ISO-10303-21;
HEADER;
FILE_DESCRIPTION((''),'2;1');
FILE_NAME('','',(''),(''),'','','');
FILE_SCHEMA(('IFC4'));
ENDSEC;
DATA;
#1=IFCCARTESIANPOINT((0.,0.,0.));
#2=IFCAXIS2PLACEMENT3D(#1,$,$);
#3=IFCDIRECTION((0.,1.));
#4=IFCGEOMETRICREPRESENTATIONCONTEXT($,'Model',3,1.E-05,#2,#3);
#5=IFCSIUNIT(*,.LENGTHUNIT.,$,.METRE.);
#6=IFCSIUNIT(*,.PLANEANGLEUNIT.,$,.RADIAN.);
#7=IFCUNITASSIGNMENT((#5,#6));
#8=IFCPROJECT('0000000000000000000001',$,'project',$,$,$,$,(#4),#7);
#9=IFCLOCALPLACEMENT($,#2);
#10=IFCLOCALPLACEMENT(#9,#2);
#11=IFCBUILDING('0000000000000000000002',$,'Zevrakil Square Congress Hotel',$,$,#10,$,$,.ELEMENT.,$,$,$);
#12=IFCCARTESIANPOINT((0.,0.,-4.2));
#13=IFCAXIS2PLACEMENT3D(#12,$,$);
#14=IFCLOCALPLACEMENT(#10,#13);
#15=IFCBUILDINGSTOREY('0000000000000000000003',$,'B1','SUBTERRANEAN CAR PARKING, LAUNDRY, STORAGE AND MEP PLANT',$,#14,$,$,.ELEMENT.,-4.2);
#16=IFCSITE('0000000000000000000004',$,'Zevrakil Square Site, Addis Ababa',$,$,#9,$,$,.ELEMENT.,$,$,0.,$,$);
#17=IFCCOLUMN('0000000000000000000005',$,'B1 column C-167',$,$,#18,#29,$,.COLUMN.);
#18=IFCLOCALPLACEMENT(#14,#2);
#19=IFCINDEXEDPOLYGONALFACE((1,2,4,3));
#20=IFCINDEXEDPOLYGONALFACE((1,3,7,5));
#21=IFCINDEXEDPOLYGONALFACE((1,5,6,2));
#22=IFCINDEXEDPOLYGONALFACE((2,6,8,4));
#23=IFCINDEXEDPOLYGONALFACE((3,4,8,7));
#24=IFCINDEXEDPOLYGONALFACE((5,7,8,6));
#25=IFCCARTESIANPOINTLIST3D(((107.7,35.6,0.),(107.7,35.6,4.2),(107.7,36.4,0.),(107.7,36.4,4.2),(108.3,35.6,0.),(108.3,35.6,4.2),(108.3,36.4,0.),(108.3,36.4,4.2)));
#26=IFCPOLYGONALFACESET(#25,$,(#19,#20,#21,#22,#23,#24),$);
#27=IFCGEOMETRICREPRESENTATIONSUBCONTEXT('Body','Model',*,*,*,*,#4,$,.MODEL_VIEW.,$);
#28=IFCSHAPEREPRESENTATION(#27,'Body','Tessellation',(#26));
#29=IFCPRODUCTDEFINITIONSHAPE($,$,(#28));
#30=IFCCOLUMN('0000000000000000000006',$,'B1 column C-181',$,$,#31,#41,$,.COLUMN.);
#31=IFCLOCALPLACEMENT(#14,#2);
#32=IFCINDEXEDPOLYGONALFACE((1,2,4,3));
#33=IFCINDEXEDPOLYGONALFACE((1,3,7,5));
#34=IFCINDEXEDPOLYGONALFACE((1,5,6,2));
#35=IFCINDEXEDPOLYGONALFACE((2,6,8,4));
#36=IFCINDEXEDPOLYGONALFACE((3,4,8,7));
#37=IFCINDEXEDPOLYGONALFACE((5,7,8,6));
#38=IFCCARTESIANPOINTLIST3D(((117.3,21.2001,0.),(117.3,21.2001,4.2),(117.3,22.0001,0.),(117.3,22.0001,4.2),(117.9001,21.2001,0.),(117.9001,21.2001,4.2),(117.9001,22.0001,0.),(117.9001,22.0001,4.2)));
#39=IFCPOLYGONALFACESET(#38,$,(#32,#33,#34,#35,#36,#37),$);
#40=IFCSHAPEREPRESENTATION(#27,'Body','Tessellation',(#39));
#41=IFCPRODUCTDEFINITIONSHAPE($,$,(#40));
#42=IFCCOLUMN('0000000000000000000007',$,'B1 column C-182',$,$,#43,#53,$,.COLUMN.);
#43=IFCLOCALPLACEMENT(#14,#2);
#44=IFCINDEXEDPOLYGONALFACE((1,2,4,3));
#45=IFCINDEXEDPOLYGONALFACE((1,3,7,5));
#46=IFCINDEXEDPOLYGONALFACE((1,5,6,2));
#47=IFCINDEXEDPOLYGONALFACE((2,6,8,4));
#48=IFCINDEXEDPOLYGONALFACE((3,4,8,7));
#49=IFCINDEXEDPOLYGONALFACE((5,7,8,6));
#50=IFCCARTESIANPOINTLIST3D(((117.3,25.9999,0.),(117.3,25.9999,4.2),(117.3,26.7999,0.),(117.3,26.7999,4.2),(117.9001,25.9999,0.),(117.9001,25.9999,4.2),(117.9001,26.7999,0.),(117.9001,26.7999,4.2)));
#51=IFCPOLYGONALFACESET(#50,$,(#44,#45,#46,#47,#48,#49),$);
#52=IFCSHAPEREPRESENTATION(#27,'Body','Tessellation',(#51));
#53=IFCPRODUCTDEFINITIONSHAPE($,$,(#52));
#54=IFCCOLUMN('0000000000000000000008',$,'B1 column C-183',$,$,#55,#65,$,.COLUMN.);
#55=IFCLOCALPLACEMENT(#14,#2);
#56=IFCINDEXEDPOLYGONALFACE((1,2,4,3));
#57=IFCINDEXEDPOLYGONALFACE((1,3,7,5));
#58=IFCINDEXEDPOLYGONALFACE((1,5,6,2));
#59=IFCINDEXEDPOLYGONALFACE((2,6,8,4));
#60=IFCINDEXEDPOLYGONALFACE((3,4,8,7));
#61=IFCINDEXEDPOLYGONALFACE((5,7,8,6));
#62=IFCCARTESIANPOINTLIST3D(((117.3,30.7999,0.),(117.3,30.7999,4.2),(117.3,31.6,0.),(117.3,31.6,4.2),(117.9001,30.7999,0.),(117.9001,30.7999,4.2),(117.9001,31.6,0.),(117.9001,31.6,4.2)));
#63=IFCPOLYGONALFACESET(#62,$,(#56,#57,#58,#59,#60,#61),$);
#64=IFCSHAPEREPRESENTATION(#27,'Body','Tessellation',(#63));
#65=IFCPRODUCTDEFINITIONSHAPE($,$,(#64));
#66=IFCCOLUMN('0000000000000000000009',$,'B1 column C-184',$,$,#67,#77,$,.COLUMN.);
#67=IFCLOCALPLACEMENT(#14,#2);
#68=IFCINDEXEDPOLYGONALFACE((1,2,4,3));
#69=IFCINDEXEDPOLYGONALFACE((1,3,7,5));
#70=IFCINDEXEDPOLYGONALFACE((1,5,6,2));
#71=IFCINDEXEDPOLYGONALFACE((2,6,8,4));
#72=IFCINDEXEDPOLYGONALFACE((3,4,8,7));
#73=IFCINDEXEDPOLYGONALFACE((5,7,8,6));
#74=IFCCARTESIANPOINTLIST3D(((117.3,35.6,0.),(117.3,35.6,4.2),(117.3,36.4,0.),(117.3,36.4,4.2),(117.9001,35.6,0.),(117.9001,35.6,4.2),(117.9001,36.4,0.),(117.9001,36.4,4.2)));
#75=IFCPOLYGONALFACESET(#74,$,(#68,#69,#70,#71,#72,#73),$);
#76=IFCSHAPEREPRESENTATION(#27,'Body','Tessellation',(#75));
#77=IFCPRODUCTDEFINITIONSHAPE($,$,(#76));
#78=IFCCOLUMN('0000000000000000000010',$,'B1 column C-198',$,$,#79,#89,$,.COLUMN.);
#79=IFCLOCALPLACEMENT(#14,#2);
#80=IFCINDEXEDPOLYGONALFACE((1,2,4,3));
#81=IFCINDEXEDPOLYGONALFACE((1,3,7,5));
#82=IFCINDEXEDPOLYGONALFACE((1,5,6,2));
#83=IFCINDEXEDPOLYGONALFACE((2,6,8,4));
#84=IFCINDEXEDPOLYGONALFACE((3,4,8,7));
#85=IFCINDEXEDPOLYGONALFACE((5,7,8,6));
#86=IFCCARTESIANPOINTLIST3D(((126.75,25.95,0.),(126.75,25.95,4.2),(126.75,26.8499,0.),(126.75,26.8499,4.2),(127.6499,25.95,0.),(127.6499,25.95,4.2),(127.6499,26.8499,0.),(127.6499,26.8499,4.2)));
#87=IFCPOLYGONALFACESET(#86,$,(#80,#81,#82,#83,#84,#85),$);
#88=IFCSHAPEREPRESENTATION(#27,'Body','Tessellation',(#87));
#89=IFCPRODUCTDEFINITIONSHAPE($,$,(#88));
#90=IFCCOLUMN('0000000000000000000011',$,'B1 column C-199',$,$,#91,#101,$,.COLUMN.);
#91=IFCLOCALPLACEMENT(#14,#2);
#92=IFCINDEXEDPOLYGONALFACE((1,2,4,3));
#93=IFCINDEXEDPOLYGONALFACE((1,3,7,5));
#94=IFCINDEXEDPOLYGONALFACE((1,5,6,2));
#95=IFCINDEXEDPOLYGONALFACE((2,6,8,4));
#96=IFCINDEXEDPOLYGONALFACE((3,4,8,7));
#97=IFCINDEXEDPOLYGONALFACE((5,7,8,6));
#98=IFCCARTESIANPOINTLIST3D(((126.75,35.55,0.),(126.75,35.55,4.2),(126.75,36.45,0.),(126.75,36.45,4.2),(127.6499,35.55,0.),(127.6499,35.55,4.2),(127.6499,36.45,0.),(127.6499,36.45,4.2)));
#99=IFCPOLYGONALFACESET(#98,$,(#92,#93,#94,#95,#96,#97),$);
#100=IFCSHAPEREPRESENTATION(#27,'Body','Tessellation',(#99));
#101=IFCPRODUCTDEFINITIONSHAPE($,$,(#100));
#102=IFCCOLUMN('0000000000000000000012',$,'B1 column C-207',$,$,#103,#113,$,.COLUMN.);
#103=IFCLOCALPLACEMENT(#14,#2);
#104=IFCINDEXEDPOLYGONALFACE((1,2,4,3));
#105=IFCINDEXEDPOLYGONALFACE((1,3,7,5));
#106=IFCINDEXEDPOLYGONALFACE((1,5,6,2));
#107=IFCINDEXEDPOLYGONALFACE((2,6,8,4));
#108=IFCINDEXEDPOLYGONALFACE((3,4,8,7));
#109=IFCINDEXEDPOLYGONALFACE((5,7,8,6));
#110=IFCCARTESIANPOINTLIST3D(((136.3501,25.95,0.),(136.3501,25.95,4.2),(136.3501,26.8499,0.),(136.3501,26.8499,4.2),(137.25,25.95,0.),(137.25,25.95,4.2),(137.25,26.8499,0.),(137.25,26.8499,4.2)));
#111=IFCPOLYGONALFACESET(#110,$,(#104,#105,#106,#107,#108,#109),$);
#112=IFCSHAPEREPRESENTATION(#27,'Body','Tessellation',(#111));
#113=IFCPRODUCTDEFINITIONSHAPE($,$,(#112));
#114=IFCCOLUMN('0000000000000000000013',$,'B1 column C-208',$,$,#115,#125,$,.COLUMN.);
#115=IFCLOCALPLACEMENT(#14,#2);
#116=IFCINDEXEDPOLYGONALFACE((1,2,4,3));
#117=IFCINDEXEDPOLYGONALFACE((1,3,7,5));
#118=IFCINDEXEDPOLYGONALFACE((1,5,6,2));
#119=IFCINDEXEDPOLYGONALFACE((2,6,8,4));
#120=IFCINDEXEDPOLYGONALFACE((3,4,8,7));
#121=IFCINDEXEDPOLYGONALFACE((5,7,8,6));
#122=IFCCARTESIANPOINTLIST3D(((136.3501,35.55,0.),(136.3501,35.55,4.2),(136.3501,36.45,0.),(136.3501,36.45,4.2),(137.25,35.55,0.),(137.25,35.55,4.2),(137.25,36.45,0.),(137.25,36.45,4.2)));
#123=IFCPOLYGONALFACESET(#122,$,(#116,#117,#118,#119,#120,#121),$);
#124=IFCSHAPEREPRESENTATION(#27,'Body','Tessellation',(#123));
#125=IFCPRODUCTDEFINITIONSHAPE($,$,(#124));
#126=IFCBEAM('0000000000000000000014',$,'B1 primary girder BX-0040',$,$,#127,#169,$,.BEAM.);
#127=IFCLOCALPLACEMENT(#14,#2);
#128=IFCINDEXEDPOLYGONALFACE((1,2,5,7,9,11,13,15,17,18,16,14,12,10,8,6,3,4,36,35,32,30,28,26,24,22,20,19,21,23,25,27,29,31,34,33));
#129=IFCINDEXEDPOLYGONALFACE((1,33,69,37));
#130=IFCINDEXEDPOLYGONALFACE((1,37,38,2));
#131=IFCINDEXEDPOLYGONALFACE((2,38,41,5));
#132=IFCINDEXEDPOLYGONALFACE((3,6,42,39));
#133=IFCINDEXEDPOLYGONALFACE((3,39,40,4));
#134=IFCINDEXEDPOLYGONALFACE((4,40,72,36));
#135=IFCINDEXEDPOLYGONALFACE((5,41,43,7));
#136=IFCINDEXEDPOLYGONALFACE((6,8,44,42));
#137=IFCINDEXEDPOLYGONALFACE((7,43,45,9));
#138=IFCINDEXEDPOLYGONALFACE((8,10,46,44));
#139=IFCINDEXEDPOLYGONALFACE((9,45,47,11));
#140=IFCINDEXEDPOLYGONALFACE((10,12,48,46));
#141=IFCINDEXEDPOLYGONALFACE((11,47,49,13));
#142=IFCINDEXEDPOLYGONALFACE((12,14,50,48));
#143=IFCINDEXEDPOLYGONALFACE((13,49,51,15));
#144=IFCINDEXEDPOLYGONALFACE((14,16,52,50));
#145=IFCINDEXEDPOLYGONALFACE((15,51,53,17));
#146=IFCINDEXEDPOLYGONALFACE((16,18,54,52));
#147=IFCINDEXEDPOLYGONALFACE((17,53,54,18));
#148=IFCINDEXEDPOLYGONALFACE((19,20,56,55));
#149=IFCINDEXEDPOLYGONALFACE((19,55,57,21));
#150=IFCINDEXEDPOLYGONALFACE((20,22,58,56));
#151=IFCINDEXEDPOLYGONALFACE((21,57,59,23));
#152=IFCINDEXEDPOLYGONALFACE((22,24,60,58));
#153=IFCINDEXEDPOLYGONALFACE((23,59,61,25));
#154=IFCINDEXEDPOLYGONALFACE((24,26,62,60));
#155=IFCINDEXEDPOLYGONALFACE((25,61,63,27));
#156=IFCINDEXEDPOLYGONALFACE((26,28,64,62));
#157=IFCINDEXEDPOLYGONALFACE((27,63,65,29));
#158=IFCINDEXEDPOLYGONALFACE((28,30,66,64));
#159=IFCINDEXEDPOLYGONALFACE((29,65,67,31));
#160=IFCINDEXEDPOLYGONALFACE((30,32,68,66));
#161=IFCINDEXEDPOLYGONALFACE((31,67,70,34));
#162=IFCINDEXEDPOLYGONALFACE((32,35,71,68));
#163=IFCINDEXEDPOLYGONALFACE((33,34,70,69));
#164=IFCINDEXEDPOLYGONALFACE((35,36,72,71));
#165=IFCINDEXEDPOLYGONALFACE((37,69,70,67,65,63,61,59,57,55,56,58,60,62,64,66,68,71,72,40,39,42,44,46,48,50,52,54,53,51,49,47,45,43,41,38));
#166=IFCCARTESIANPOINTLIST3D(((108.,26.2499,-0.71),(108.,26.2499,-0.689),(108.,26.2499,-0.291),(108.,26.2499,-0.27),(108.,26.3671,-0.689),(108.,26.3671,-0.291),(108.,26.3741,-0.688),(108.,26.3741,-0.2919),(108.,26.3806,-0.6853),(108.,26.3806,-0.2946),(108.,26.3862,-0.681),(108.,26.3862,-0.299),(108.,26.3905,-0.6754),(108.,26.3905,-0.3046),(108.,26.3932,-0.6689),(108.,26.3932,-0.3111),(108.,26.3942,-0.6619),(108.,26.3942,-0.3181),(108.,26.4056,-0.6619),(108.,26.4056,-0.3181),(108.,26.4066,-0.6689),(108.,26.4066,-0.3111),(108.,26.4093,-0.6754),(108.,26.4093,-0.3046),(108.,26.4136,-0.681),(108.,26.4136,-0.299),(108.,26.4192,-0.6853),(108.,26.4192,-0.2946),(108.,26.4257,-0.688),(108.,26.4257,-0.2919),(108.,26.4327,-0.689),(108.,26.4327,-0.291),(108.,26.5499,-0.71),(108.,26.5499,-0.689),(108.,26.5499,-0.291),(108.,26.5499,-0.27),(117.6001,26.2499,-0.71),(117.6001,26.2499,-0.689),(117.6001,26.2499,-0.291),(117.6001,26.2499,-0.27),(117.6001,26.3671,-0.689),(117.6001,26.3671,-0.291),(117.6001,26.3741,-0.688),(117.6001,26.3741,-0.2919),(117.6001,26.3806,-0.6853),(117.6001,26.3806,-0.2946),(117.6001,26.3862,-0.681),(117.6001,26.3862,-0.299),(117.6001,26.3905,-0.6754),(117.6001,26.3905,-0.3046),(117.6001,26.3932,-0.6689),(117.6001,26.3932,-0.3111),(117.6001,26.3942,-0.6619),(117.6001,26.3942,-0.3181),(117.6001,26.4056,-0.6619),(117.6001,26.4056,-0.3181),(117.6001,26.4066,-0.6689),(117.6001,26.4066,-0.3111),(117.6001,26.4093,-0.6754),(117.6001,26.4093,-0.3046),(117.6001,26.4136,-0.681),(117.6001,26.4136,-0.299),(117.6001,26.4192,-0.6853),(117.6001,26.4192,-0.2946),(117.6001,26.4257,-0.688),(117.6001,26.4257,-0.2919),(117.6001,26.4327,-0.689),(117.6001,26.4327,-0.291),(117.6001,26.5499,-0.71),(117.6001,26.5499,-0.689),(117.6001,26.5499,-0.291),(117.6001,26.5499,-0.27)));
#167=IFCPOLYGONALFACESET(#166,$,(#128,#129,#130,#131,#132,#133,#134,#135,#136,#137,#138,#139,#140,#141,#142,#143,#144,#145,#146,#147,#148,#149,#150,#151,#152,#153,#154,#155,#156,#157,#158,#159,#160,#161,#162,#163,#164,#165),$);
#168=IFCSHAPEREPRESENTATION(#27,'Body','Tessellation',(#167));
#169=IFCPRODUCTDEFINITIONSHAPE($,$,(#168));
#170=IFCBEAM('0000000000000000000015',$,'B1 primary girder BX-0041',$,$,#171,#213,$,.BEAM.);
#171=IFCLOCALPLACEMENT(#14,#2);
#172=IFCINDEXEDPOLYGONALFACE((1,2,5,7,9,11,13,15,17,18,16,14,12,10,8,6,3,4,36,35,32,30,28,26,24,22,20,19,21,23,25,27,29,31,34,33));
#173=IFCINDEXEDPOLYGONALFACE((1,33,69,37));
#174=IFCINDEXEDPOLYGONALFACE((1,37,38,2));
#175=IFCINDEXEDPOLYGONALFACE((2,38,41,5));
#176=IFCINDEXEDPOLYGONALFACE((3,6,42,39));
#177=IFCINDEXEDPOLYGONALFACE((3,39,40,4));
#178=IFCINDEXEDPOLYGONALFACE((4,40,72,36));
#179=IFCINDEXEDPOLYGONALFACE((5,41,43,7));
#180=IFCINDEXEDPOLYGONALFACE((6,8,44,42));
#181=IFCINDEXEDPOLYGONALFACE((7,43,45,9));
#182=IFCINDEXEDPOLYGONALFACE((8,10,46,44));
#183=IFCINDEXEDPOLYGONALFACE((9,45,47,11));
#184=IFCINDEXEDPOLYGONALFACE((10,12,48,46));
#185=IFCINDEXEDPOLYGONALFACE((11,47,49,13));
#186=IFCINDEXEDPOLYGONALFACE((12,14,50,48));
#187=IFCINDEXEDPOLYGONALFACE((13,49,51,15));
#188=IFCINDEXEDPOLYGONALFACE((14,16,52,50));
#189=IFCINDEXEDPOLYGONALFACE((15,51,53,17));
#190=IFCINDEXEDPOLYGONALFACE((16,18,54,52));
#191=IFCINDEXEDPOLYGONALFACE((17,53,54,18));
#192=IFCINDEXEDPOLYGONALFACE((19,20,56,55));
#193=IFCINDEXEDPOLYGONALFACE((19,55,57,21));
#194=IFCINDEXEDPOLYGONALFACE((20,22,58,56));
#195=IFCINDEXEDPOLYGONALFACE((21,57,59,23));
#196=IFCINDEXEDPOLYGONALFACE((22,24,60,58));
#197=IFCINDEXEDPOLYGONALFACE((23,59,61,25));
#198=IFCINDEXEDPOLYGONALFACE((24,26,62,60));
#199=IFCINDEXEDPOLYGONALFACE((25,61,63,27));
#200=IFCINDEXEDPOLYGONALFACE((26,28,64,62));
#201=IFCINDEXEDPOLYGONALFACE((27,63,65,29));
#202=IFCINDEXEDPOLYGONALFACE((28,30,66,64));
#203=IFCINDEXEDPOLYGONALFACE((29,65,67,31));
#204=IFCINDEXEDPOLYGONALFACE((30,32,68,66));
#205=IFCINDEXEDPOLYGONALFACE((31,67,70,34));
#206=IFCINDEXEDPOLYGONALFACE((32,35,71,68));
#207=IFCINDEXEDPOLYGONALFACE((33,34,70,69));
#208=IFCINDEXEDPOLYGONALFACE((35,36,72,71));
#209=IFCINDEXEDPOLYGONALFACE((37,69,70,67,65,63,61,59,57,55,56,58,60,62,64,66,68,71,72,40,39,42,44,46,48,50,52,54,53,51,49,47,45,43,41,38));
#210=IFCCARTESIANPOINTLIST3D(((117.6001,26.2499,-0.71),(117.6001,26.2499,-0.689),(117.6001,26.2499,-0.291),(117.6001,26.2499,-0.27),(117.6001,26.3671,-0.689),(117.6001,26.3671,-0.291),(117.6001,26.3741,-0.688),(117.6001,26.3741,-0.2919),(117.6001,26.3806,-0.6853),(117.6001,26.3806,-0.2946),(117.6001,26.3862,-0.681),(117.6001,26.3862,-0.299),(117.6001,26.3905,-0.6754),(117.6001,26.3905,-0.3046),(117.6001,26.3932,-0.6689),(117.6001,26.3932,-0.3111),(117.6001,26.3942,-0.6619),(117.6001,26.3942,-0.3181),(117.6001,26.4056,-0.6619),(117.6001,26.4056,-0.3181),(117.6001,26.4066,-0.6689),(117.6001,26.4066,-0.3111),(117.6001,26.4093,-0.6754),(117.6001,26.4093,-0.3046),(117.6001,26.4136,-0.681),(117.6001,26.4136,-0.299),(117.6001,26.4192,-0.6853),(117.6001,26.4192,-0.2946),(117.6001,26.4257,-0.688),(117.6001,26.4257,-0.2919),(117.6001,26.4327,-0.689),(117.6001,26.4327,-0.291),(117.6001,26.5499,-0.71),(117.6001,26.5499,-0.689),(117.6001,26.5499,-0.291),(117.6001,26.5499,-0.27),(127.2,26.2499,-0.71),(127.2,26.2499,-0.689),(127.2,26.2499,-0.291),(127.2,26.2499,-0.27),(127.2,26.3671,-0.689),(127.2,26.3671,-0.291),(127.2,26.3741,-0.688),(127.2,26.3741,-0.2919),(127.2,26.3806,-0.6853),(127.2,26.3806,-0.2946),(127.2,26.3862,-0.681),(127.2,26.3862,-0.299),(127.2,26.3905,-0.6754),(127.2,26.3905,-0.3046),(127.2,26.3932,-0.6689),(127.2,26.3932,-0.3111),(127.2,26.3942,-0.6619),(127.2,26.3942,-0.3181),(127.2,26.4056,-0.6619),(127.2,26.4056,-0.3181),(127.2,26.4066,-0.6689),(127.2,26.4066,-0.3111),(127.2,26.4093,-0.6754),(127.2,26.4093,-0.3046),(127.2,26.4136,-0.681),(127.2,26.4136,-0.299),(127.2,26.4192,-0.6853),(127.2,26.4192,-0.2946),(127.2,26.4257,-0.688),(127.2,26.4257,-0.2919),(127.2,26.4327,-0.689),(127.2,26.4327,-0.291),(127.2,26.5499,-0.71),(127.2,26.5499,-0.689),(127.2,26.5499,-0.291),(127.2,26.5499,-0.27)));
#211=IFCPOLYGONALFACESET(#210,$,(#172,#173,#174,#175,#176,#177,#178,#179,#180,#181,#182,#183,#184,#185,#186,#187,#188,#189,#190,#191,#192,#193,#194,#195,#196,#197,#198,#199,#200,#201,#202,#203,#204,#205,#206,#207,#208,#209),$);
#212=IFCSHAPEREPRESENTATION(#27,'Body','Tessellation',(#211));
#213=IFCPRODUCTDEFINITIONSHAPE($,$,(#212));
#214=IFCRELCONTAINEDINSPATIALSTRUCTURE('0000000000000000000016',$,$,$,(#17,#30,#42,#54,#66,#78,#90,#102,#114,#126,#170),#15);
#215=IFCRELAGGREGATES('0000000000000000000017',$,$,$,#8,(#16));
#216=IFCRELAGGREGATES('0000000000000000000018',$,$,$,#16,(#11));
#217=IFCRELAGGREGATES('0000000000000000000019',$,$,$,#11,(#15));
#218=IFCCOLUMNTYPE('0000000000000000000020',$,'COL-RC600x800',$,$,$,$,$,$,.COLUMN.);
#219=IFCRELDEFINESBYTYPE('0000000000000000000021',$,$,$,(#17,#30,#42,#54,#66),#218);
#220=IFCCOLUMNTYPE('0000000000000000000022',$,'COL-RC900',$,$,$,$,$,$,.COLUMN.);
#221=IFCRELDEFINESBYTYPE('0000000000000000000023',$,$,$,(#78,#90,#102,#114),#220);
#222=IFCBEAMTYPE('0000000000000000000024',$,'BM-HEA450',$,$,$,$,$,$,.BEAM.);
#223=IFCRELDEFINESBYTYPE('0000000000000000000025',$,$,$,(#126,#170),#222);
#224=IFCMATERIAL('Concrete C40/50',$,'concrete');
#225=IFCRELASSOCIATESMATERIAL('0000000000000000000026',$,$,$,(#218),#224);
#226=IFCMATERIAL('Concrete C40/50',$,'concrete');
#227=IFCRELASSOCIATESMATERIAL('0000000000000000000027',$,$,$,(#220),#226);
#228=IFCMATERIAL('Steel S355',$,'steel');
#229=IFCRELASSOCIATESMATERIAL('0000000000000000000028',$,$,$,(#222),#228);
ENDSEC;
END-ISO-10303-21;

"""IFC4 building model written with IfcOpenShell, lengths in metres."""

from ifc_helpers import new_model, si_unit, direction, frame, origin, origin_2d, place, context, subcontext, project, spatial, rectangle, i_section, extrude, material, material_profile, profile_set, type_object, element, save


model = new_model("IFC4")

# Units and contexts
model_context = context("Model", 3, precision=1e-05, world=origin(), true_north=direction((0.0, 1.0)))
body_context = subcontext(model_context, "Body", "Model", "MODEL_VIEW")
ifc_project = project(units=[si_unit("LENGTHUNIT", "METRE"), si_unit("PLANEANGLEUNIT", "RADIAN")], contexts=[model_context])

# Site, building, storey
site_placement = place(None, origin())
site = spatial("IfcSite", under=ifc_project, at=site_placement, Name="Zevrakil Square Site, Addis Ababa", CompositionType="ELEMENT", RefElevation=0.0)
building_placement = place(site_placement, origin())
building = spatial("IfcBuilding", under=site, at=building_placement, Name="Zevrakil Square Congress Hotel", CompositionType="ELEMENT")
storey_placement = place(building_placement, frame((0.0, 0.0, -4.2)))
storey = spatial("IfcBuildingStorey", under=building, at=storey_placement, Name="B1", Description="SUBTERRANEAN CAR PARKING, LAUNDRY, STORAGE AND MEP PLANT", CompositionType="ELEMENT", Elevation=-4.2)

# Columns
ifc_material_1 = material(Name="Concrete C40/50", Category="concrete")
ifc_material_profile_1 = material_profile(ifc_material_1, rectangle(XDim=0.6001, YDim=0.8, at=origin_2d()), Name="RC 600x800")
ifc_profile_set_1 = profile_set([ifc_material_profile_1], Name="Concrete C40/50")
column_type_1 = type_object("IfcColumnType", Name="COL-RC600x800", PredefinedType="COLUMN", material=ifc_profile_set_1)
for number, where, z_axis, x_axis, name in (
    (1, (108.0, 36.0, 0.0), (0.0, 0.0, 1.0), (1.0, 0.0, 0.0), "B1 column C-167"),
    (2, (117.6001, 21.6001, 0.0), (0.0, 0.0, 1.0), (1.0, 0.0, 0.0), "B1 column C-181"),
    (3, (117.6001, 26.3999, 0.0), (0.0, 0.0, 1.0), (1.0, 0.0, 0.0), "B1 column C-182"),
    (4, (117.6001, 31.2, 0.0), (0.0, 0.0, 1.0), (1.0, 0.0, 0.0), "B1 column C-183"),
    (5, (117.6001, 36.0, 0.0), (0.0, 0.0, 1.0), (1.0, 0.0, 0.0), "B1 column C-184"),
):
    element("IfcColumn", number, at=place(storey_placement, frame(where, z_axis=z_axis, x_axis=x_axis)), inside=storey, type_object=column_type_1, Name=name, PredefinedType="COLUMN", context=body_context, shape_type="SweptSolid", body=[
        extrude(rectangle(XDim=0.6001, YDim=0.8, at=origin_2d()), origin(), (0.0, 0.0, 1.0), 4.2),
    ])
ifc_material_2 = material(Name="Concrete C40/50", Category="concrete")
ifc_material_profile_2 = material_profile(ifc_material_2, rectangle(XDim=0.8999, YDim=0.8999, at=origin_2d()), Name="RC 900x900")
ifc_profile_set_2 = profile_set([ifc_material_profile_2], Name="Concrete C40/50")
column_type_2 = type_object("IfcColumnType", Name="COL-RC900", PredefinedType="COLUMN", material=ifc_profile_set_2)
for number, where, z_axis, x_axis, name in (
    (6, (127.2, 26.3999, 0.0), (0.0, 0.0, 1.0), (1.0, 0.0, 0.0), "B1 column C-198"),
    (7, (127.2, 36.0, 0.0), (0.0, 0.0, 1.0), (1.0, 0.0, 0.0), "B1 column C-199"),
    (8, (136.8, 26.3999, 0.0), (0.0, 0.0, 1.0), (1.0, 0.0, 0.0), "B1 column C-207"),
    (9, (136.8, 36.0, 0.0), (0.0, 0.0, 1.0), (1.0, 0.0, 0.0), "B1 column C-208"),
):
    element("IfcColumn", number, at=place(storey_placement, frame(where, z_axis=z_axis, x_axis=x_axis)), inside=storey, type_object=column_type_2, Name=name, PredefinedType="COLUMN", context=body_context, shape_type="SweptSolid", body=[
        extrude(rectangle(XDim=0.8999, YDim=0.8999, at=origin_2d()), origin(), (0.0, 0.0, 1.0), 4.2),
    ])

# Beams
ifc_material_3 = material(Name="Steel S355", Category="steel")
ifc_material_profile_3 = material_profile(ifc_material_3, i_section(OverallWidth=0.3, OverallDepth=0.4399, WebThickness=0.0115, FlangeThickness=0.021, FilletRadius=0.0271, at=origin_2d()), Name="HEA 450")
ifc_profile_set_3 = profile_set([ifc_material_profile_3], Name="Steel S355")
beam_type_1 = type_object("IfcBeamType", Name="BM-HEA450", PredefinedType="BEAM", material=ifc_profile_set_3)
beam_1_placement = place(storey_placement, frame((108.0, 26.3999, -0.49), z_axis=(1.0, 0.0, 0.0), x_axis=(0.0, 1.0, 0.0)))
element("IfcBeam", 10, at=beam_1_placement, inside=storey, type_object=beam_type_1, Name="B1 primary girder BX-0040", PredefinedType="BEAM", context=body_context, shape_type="SweptSolid", body=[
    extrude(i_section(OverallWidth=0.3, OverallDepth=0.4399, WebThickness=0.0115, FlangeThickness=0.021, FilletRadius=0.0271, at=origin_2d()), origin(), (0.0, 0.0, 1.0), 9.6001),
])
beam_2_placement = place(storey_placement, frame((117.6001, 26.3999, -0.49), z_axis=(1.0, 0.0, 0.0), x_axis=(0.0, 1.0, 0.0)))
element("IfcBeam", 11, at=beam_2_placement, inside=storey, type_object=beam_type_1, Name="B1 primary girder BX-0041", PredefinedType="BEAM", context=body_context, shape_type="SweptSolid", body=[
    extrude(i_section(OverallWidth=0.3, OverallDepth=0.4399, WebThickness=0.0115, FlangeThickness=0.021, FilletRadius=0.0271, at=origin_2d()), origin(), (0.0, 0.0, 1.0), 9.5999),
])

save(model, "model.ifc")
